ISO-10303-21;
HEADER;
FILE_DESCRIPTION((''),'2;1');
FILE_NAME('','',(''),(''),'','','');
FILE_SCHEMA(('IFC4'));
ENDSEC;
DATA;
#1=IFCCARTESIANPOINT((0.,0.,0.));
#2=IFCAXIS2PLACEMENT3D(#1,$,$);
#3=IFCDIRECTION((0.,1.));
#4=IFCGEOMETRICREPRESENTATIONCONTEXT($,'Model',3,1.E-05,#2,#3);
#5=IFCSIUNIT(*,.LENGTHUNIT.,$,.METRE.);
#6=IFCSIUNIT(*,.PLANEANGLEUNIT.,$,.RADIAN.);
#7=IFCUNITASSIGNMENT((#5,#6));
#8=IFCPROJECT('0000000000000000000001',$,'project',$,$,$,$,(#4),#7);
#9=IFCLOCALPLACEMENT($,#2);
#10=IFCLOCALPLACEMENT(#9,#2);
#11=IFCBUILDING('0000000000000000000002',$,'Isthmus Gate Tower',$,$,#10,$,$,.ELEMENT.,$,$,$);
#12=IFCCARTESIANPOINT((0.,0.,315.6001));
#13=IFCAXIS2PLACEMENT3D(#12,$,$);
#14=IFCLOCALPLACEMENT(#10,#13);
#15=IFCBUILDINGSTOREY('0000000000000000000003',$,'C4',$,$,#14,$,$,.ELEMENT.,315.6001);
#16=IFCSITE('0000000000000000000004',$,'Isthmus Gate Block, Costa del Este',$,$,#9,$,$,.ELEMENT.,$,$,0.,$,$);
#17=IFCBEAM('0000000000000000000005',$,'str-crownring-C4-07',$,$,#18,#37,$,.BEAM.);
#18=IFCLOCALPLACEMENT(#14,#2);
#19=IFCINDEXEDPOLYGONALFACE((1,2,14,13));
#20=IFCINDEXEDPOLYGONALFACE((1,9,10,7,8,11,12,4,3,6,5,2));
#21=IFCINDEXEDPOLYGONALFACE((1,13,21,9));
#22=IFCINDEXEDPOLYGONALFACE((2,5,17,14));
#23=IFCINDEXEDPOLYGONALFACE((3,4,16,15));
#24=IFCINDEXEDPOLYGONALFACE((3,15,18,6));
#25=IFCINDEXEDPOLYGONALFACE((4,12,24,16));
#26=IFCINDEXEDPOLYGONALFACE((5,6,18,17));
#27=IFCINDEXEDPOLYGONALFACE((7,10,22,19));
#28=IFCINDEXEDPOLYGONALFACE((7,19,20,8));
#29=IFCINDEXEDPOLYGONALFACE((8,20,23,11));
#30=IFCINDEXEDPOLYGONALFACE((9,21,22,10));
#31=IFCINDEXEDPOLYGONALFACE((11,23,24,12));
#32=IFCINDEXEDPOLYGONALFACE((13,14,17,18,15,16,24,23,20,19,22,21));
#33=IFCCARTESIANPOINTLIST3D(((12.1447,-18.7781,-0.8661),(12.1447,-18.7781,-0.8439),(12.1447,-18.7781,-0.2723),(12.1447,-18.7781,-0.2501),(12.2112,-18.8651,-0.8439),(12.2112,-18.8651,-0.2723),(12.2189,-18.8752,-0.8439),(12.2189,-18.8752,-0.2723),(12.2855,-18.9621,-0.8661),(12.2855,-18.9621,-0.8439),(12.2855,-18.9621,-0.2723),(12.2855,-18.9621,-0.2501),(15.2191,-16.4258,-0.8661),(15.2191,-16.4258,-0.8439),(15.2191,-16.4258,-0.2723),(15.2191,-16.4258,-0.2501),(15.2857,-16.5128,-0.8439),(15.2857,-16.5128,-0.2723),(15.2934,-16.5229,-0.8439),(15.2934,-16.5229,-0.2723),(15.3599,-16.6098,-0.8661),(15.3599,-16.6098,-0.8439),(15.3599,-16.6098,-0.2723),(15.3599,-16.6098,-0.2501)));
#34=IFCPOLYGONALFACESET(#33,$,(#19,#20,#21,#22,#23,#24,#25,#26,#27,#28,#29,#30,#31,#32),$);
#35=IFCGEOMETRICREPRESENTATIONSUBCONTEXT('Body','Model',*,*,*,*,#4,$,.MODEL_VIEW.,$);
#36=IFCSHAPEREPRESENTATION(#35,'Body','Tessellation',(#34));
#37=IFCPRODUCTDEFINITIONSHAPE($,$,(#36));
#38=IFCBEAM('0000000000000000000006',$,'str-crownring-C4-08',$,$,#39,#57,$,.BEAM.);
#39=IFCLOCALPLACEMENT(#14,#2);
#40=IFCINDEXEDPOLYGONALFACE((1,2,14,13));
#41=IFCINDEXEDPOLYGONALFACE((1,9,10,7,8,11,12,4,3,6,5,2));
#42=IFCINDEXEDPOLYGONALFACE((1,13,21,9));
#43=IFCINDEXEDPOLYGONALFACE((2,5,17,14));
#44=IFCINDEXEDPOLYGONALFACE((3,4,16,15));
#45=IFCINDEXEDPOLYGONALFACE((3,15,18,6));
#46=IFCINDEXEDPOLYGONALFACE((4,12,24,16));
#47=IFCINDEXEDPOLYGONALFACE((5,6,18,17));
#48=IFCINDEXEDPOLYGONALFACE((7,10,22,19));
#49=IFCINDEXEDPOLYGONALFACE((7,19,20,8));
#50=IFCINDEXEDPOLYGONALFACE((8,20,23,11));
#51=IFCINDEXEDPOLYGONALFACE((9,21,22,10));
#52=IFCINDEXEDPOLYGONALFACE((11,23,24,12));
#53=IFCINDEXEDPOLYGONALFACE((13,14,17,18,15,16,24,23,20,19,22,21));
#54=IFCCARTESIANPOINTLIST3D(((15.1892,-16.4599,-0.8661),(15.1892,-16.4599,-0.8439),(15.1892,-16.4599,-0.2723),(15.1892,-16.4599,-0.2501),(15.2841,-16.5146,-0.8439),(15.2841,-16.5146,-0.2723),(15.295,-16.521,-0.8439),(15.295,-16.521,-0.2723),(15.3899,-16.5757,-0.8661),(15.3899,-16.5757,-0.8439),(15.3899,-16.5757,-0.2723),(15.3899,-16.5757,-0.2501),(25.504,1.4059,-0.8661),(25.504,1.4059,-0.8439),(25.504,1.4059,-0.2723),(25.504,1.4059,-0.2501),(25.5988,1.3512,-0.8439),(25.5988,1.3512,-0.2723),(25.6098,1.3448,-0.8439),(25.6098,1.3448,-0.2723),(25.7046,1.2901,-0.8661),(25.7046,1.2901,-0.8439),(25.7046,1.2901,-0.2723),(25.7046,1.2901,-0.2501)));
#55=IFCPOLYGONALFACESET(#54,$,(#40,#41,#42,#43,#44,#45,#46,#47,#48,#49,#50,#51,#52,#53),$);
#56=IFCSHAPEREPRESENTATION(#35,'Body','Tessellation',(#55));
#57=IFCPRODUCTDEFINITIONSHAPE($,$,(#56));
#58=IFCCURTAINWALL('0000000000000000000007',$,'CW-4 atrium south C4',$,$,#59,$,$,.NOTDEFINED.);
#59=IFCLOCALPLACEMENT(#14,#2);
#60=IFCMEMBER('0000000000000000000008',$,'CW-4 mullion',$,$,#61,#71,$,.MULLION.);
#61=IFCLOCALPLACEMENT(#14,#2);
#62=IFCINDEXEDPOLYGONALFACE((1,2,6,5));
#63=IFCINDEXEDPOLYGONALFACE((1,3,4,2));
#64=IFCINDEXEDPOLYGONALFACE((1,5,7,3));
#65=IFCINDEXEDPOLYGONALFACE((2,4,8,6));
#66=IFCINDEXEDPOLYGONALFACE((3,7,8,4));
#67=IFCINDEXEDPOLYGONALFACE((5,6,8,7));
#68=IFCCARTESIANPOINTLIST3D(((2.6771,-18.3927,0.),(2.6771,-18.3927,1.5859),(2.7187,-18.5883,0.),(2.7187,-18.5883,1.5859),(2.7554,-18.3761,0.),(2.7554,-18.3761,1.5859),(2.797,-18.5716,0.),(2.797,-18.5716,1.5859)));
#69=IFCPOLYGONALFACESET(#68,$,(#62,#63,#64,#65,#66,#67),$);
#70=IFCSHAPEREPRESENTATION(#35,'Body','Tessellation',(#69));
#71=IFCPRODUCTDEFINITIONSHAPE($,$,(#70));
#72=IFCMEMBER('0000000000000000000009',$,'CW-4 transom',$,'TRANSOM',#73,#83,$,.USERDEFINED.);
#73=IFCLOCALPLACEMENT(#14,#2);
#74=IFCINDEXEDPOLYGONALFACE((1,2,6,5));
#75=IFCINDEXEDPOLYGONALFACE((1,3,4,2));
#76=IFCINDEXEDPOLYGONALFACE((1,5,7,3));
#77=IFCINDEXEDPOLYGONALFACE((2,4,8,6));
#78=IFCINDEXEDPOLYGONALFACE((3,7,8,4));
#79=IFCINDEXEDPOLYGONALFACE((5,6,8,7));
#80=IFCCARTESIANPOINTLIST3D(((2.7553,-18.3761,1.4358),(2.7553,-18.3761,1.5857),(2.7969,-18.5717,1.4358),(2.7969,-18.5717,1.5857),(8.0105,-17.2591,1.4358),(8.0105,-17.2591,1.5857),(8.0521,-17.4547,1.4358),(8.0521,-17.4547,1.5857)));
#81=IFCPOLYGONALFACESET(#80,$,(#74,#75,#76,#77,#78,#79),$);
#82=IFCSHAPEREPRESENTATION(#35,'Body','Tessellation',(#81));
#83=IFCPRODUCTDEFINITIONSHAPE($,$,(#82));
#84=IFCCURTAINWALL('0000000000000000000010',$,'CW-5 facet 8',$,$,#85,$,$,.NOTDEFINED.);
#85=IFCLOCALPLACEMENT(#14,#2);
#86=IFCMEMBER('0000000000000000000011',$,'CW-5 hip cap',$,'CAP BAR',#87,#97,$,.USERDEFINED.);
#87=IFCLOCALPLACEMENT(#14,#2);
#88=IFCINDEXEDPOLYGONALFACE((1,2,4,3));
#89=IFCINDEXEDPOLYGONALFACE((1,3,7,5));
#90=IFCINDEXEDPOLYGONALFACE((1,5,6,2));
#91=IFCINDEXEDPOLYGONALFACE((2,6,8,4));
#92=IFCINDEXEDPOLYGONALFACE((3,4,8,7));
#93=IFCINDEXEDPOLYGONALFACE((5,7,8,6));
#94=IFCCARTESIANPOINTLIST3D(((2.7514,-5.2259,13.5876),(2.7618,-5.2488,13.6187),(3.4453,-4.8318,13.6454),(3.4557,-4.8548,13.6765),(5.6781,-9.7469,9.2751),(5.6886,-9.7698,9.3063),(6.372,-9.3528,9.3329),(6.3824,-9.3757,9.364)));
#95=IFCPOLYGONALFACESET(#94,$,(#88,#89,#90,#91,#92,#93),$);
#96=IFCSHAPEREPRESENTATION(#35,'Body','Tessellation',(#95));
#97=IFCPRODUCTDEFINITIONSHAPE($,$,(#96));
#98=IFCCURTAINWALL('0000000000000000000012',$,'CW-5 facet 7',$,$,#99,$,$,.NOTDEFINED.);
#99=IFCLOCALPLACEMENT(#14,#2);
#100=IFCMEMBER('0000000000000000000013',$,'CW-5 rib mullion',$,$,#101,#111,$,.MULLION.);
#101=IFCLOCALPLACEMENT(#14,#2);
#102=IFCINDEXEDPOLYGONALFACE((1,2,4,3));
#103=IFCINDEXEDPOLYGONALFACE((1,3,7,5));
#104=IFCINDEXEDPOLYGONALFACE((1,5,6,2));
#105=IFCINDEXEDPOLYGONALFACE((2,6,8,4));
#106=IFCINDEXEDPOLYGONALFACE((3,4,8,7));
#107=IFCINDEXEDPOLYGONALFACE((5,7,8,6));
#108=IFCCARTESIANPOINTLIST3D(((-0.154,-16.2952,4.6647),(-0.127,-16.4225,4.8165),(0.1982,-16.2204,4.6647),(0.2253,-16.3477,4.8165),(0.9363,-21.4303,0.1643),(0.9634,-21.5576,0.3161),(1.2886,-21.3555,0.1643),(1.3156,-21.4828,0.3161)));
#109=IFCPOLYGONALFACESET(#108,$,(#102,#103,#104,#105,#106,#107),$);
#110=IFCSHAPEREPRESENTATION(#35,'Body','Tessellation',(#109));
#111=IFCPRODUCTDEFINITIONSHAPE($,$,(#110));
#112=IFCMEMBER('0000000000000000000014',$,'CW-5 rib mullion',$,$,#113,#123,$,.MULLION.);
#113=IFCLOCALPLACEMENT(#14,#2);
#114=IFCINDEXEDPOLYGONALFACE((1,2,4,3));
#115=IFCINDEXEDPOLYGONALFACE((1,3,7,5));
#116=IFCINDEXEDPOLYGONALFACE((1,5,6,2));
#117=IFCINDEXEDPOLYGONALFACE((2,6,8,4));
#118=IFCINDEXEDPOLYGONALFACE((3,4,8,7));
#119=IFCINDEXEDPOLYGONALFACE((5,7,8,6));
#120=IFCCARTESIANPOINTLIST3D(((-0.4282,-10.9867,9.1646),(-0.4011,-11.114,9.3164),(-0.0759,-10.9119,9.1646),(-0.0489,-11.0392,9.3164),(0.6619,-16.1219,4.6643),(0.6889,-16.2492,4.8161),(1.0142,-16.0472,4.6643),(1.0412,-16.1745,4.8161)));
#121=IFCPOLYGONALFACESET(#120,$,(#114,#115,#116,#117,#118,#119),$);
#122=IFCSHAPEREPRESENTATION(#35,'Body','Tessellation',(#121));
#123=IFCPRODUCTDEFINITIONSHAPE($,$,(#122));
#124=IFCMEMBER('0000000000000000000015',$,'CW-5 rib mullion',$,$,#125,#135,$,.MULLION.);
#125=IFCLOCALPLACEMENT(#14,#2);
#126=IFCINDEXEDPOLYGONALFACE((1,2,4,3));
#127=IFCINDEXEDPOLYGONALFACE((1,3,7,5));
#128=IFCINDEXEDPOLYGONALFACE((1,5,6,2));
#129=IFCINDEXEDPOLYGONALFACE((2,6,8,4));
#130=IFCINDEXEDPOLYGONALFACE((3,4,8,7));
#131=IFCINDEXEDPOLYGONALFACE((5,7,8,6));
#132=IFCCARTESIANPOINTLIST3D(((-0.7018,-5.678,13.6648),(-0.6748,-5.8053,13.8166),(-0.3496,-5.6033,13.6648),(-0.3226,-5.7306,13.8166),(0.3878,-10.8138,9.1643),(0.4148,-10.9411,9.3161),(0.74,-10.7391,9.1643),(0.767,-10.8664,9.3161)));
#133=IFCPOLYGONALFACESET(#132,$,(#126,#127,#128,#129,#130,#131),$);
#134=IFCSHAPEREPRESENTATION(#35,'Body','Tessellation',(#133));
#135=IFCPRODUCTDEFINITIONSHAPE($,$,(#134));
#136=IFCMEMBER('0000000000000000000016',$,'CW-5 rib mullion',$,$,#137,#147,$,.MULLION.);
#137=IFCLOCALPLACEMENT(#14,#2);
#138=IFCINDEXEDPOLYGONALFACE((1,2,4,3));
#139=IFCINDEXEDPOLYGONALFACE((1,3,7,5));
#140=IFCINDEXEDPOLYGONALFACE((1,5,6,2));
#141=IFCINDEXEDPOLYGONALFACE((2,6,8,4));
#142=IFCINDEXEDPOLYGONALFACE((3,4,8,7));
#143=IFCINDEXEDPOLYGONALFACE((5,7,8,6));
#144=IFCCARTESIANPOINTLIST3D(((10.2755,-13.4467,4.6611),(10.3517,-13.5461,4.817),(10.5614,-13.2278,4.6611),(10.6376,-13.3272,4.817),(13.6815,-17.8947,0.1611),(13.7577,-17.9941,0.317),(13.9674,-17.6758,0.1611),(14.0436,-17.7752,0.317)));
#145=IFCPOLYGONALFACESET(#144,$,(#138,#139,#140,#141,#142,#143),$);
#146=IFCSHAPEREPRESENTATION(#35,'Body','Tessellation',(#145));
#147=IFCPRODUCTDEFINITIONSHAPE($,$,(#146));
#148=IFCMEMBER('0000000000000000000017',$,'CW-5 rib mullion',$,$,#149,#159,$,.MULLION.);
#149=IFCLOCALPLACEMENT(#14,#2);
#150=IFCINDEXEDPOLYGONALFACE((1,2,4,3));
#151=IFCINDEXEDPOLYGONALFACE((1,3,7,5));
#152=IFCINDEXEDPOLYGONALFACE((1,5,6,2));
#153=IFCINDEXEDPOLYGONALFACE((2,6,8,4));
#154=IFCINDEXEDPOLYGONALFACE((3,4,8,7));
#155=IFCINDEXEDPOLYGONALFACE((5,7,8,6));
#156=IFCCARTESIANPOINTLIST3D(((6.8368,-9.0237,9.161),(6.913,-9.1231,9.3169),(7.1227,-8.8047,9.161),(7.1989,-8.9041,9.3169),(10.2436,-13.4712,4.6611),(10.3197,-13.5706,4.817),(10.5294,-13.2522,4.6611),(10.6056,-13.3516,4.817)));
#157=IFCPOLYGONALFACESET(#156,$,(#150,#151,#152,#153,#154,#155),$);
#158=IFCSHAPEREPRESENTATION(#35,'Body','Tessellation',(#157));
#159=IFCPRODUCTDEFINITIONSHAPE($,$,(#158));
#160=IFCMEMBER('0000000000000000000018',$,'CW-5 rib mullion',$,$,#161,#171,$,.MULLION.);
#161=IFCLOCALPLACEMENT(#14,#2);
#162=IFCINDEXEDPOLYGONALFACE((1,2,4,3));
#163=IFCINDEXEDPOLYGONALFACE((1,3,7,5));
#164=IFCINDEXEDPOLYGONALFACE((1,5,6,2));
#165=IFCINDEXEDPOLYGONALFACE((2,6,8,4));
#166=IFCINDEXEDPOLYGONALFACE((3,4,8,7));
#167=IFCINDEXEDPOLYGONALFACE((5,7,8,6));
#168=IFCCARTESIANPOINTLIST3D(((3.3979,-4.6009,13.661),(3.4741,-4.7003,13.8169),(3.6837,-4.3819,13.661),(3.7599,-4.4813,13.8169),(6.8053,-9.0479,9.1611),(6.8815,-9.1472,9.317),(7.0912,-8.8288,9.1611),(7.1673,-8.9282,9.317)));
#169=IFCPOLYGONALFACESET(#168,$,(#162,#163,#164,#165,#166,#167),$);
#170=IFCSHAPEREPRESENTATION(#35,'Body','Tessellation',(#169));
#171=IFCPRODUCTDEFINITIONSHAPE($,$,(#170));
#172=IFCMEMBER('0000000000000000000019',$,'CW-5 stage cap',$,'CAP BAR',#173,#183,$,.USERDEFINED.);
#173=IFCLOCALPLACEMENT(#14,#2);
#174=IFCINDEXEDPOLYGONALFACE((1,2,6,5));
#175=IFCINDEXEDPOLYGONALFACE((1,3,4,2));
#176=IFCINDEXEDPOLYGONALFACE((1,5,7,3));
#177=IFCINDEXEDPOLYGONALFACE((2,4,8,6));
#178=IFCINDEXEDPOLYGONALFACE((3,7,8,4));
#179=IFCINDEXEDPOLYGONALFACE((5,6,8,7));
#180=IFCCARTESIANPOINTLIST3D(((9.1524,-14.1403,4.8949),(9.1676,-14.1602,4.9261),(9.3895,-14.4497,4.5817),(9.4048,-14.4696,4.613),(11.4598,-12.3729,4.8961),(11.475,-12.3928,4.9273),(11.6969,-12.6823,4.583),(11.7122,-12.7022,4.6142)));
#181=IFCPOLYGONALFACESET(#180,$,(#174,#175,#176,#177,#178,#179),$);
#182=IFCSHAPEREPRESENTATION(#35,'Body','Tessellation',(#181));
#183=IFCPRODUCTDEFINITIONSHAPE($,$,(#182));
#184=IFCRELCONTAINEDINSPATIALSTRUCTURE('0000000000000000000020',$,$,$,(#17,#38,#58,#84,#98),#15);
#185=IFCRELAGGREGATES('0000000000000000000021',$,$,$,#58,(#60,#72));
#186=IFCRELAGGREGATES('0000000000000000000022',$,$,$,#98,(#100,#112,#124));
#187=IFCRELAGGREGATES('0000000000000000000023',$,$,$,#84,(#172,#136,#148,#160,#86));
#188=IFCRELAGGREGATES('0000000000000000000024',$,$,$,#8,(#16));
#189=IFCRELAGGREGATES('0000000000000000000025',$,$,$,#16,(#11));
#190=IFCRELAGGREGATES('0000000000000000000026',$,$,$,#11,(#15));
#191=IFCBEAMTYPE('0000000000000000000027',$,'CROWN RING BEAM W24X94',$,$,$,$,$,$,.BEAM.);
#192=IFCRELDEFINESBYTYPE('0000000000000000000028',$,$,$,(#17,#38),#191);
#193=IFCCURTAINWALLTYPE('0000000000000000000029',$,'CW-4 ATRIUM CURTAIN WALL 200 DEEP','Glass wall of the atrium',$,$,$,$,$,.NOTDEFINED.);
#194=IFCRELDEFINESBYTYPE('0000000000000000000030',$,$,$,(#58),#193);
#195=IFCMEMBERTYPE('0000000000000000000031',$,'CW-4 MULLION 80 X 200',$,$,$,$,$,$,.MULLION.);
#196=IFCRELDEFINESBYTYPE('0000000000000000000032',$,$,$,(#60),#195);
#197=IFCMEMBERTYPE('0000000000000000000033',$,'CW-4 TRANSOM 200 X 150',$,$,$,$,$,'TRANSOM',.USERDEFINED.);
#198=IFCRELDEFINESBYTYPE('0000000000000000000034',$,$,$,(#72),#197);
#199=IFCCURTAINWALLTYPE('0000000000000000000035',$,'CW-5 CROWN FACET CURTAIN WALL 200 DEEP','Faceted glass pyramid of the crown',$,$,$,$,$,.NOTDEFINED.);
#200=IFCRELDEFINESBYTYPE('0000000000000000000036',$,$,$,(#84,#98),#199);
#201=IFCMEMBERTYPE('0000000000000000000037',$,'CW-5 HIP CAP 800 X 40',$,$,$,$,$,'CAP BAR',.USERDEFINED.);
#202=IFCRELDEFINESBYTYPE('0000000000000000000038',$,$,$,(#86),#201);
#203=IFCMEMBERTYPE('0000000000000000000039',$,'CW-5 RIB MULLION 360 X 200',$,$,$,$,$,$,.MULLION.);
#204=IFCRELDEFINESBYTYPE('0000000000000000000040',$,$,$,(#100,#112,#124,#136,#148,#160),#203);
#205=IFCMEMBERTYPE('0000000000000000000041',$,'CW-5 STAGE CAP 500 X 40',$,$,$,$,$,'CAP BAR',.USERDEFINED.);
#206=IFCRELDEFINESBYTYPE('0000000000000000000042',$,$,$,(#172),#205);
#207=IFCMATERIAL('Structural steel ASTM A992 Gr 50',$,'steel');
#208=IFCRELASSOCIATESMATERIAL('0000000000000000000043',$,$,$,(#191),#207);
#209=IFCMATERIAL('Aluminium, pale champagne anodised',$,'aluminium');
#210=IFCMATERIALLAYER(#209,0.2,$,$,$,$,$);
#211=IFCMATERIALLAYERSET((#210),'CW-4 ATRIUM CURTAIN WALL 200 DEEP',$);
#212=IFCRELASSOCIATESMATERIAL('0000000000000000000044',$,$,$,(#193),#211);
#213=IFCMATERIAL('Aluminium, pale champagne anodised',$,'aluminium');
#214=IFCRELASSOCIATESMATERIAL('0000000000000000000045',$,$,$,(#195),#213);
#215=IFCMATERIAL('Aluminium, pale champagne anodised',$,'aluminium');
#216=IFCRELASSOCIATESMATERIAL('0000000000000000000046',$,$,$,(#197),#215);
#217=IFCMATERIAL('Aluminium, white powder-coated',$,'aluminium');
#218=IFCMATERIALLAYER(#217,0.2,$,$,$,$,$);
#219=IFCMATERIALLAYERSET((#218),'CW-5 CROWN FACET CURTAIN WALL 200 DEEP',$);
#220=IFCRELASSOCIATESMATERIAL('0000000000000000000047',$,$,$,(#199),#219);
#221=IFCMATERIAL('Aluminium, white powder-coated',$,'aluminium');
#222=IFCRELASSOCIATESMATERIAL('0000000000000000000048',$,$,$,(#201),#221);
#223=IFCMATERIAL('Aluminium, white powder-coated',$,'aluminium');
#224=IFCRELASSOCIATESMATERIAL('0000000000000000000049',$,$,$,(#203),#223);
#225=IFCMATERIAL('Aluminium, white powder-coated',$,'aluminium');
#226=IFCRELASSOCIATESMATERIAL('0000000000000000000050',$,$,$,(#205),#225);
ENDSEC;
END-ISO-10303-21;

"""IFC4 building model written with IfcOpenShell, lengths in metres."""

from ifc_helpers import new_model, si_unit, direction, frame, origin, origin_2d, place, context, subcontext, project, spatial, rectangle, i_section, extrude, material, layer, layer_set, material_profile, profile_set, type_object, element, aggregate, save


model = new_model("IFC4")

# Units and contexts
model_context = context("Model", 3, precision=1e-05, world=origin(), true_north=direction((0.0, 1.0)))
body_context = subcontext(model_context, "Body", "Model", "MODEL_VIEW")
ifc_project = project(units=[si_unit("LENGTHUNIT", "METRE"), si_unit("PLANEANGLEUNIT", "RADIAN")], contexts=[model_context])

# Site, building, storey
site_placement = place(None, origin())
site = spatial("IfcSite", under=ifc_project, at=site_placement, Name="Isthmus Gate Block, Costa del Este", CompositionType="ELEMENT", RefElevation=0.0)
building_placement = place(site_placement, origin())
building = spatial("IfcBuilding", under=site, at=building_placement, Name="Isthmus Gate Tower", CompositionType="ELEMENT")
storey_placement = place(building_placement, frame((0.0, 0.0, 315.6001)))
storey = spatial("IfcBuildingStorey", under=building, at=storey_placement, Name="C4", CompositionType="ELEMENT", Elevation=315.6001)

# Beams
ifc_material_1 = material(Name="Structural steel ASTM A992 Gr 50", Category="steel")
ifc_material_profile_1 = material_profile(ifc_material_1, i_section(OverallWidth=0.2317, OverallDepth=0.616, WebThickness=0.0127, FlangeThickness=0.0222, at=origin_2d()), Name="W24X94")
ifc_profile_set_1 = profile_set([ifc_material_profile_1], Name="Structural steel ASTM A992 Gr 50")
beam_type = type_object("IfcBeamType", Name="CROWN RING BEAM W24X94", PredefinedType="BEAM", material=ifc_profile_set_1)
beam_1_placement = place(storey_placement, frame((12.2151, -18.8701, -0.5581), z_axis=(0.794204, 0.607651, 0.0), x_axis=(-0.607651, 0.794204, 0.0)))
element("IfcBeam", 1, at=beam_1_placement, inside=storey, type_object=beam_type, Name="str-crownring-C4-07", PredefinedType="BEAM", context=body_context, shape_type="SweptSolid", body=[
    extrude(i_section(OverallWidth=0.2317, OverallDepth=0.616, WebThickness=0.0127, FlangeThickness=0.0222, at=origin_2d()), origin(), (0.0, 0.0, 1.0), 3.8711),
])
beam_2_placement = place(storey_placement, frame((15.2896, -16.5178, -0.5581), z_axis=(0.499997, 0.866027, 0.0), x_axis=(-0.866027, 0.499997, 0.0)))
element("IfcBeam", 2, at=beam_2_placement, inside=storey, type_object=beam_type, Name="str-crownring-C4-08", PredefinedType="BEAM", context=body_context, shape_type="SweptSolid", body=[
    extrude(i_section(OverallWidth=0.2317, OverallDepth=0.616, WebThickness=0.0127, FlangeThickness=0.0222, at=origin_2d()), origin(), (0.0, 0.0, 1.0), 20.6296),
])

# Curtain wall, members
ifc_material_2 = material(Name="Aluminium, pale champagne anodised", Category="aluminium")
ifc_layer_1 = layer(ifc_material_2, 0.2)
ifc_layer_set_1 = layer_set([ifc_layer_1], Name="CW-4 ATRIUM CURTAIN WALL 200 DEEP")
curtain_wall_type_1 = type_object("IfcCurtainWallType", Name="CW-4 ATRIUM CURTAIN WALL 200 DEEP", Description="Glass wall of the atrium", PredefinedType="NOTDEFINED", material=ifc_layer_set_1)
curtain_wall_1_placement = place(storey_placement, origin())
curtain_wall_1 = element("IfcCurtainWall", 3, at=curtain_wall_1_placement, inside=storey, type_object=curtain_wall_type_1, Name="CW-4 atrium south C4", PredefinedType="NOTDEFINED")
ifc_material_3 = material(Name="Aluminium, pale champagne anodised", Category="aluminium")
ifc_material_profile_2 = material_profile(ifc_material_3, rectangle(XDim=0.0801, YDim=0.2, at=origin_2d()), Name="80x200")
ifc_profile_set_2 = profile_set([ifc_material_profile_2], Name="Aluminium, pale champagne anodised")
member_type_1 = type_object("IfcMemberType", Name="CW-4 MULLION 80 X 200", PredefinedType="MULLION", material=ifc_profile_set_2)
member_1_placement = place(storey_placement, frame((2.7371, -18.4822, 0.0), z_axis=(0.0, 0.0, 1.0), x_axis=(0.978148, 0.207912, 0.0)))
member_1 = element("IfcMember", 4, at=member_1_placement, type_object=member_type_1, Name="CW-4 mullion", PredefinedType="MULLION", context=body_context, shape_type="SweptSolid", body=[
    extrude(rectangle(XDim=0.0801, YDim=0.2, at=origin_2d()), origin(), (0.0, 0.0, 1.0), 1.5859),
])
ifc_material_4 = material(Name="Aluminium, pale champagne anodised", Category="aluminium")
ifc_material_profile_3 = material_profile(ifc_material_4, rectangle(XDim=0.2, YDim=0.1499, at=origin_2d()), Name="200x150")
ifc_profile_set_3 = profile_set([ifc_material_profile_3], Name="Aluminium, pale champagne anodised")
member_type_2 = type_object("IfcMemberType", Name="CW-4 TRANSOM 200 X 150", ElementType="TRANSOM", PredefinedType="USERDEFINED", material=ifc_profile_set_3)
member_2_placement = place(storey_placement, frame((2.7761, -18.4739, 1.5107), z_axis=(0.97815, 0.2079, 0.0), x_axis=(-0.2079, 0.97815, 0.0)))
member_2 = element("IfcMember", 5, at=member_2_placement, type_object=member_type_2, Name="CW-4 transom", ObjectType="TRANSOM", PredefinedType="USERDEFINED", context=body_context, shape_type="SweptSolid", body=[
    extrude(rectangle(XDim=0.2, YDim=0.1499, at=origin_2d()), origin(), (0.0, 0.0, 1.0), 5.3726),
])

# Curtain wall, member
ifc_material_5 = material(Name="Aluminium, white powder-coated", Category="aluminium")
ifc_layer_2 = layer(ifc_material_5, 0.2)
ifc_layer_set_2 = layer_set([ifc_layer_2], Name="CW-5 CROWN FACET CURTAIN WALL 200 DEEP")
curtain_wall_type_2 = type_object("IfcCurtainWallType", Name="CW-5 CROWN FACET CURTAIN WALL 200 DEEP", Description="Faceted glass pyramid of the crown", PredefinedType="NOTDEFINED", material=ifc_layer_set_2)
curtain_wall_2_placement = place(storey_placement, origin())
curtain_wall_2 = element("IfcCurtainWall", 6, at=curtain_wall_2_placement, inside=storey, type_object=curtain_wall_type_2, Name="CW-5 facet 8", PredefinedType="NOTDEFINED")
ifc_material_6 = material(Name="Aluminium, white powder-coated", Category="aluminium")
ifc_material_profile_4 = material_profile(ifc_material_6, rectangle(XDim=0.8, YDim=0.04, at=origin_2d()), Name="800x40")
ifc_profile_set_4 = profile_set([ifc_material_profile_4], Name="Aluminium, white powder-coated")
member_type_3 = type_object("IfcMemberType", Name="CW-5 HIP CAP 800 X 40", ElementType="CAP BAR", PredefinedType="USERDEFINED", material=ifc_profile_set_4)
placement_1 = place(building_placement, frame((0.0, 0.0, 324.6001)))
member_3_placement = place(placement_1, frame((6.0303, -9.5613, 0.3196), z_axis=(-0.424199, 0.655265, 0.625046), x_axis=(-0.867274, -0.492565, -0.072212)))
member_3 = element("IfcMember", 7, at=member_3_placement, type_object=member_type_3, Name="CW-5 hip cap", ObjectType="CAP BAR", PredefinedType="USERDEFINED", context=body_context, shape_type="SweptSolid", body=[
    extrude(rectangle(XDim=0.8, YDim=0.04, at=origin_2d()), origin(), (0.0, 0.0, 1.0), 6.8994),
])

# Curtain wall, members
curtain_wall_3_placement = place(storey_placement, origin())
curtain_wall_3 = element("IfcCurtainWall", 8, at=curtain_wall_3_placement, inside=storey, type_object=curtain_wall_type_2, Name="CW-5 facet 7", PredefinedType="NOTDEFINED")
ifc_material_7 = material(Name="Aluminium, white powder-coated", Category="aluminium")
ifc_material_profile_5 = material_profile(ifc_material_7, rectangle(XDim=0.3601, YDim=0.2, at=origin_2d()), Name="360x200")
ifc_profile_set_5 = profile_set([ifc_material_profile_5], Name="Aluminium, white powder-coated")
member_type_4 = type_object("IfcMemberType", Name="CW-5 RIB MULLION 360 X 200", PredefinedType="MULLION", material=ifc_profile_set_5)
member_4_placement = place(storey_placement, frame((1.126, -21.4565, 0.2402), z_axis=(-0.157689, 0.742651, 0.650848), x_axis=(-0.978192, -0.207702, 0.0)))
member_4 = element("IfcMember", 9, at=member_4_placement, type_object=member_type_4, Name="CW-5 rib mullion", PredefinedType="MULLION", context=body_context, shape_type="SweptSolid", body=[
    extrude(rectangle(XDim=0.3601, YDim=0.2, at=origin_2d()), origin(), (0.0, 0.0, 1.0), 6.9146),
])
placement_2 = place(building_placement, frame((0.0, 0.0, 320.1001)))
member_5_placement = place(placement_2, frame((0.8516, -16.1482, 0.2402), z_axis=(-0.157651, 0.742671, 0.650835), x_axis=(-0.978204, -0.207649, 0.0)))
member_5 = element("IfcMember", 10, at=member_5_placement, type_object=member_type_4, Name="CW-5 rib mullion", PredefinedType="MULLION", context=body_context, shape_type="SweptSolid", body=[
    extrude(rectangle(XDim=0.3601, YDim=0.2, at=origin_2d()), origin(), (0.0, 0.0, 1.0), 6.9146),
])
member_6_placement = place(placement_1, frame((0.5774, -10.8401, 0.2402), z_axis=(-0.15757, 0.742694, 0.650828), x_axis=(-0.978226, -0.207541, 0.0)))
member_6 = element("IfcMember", 11, at=member_6_placement, type_object=member_type_4, Name="CW-5 rib mullion", PredefinedType="MULLION", context=body_context, shape_type="SweptSolid", body=[
    extrude(rectangle(XDim=0.3601, YDim=0.2, at=origin_2d()), origin(), (0.0, 0.0, 1.0), 6.915),
])

# Members
member_7_placement = place(storey_placement, frame((13.8625, -17.835, 0.239), z_axis=(-0.473992, 0.618999, 0.626236), x_axis=(-0.793962, -0.607968, 0.0)))
member_7 = element("IfcMember", 12, at=member_7_placement, type_object=member_type_4, Name="CW-5 rib mullion", PredefinedType="MULLION", context=body_context, shape_type="SweptSolid", body=[
    extrude(rectangle(XDim=0.3601, YDim=0.2, at=origin_2d()), origin(), (0.0, 0.0, 1.0), 7.1858),
])
member_8_placement = place(placement_2, frame((10.4246, -13.4114, 0.239), z_axis=(-0.474091, 0.618927, 0.626232), x_axis=(-0.793867, -0.608092, 0.0)))
member_8 = element("IfcMember", 13, at=member_8_placement, type_object=member_type_4, Name="CW-5 rib mullion", PredefinedType="MULLION", context=body_context, shape_type="SweptSolid", body=[
    extrude(rectangle(XDim=0.3601, YDim=0.2, at=origin_2d()), origin(), (0.0, 0.0, 1.0), 7.1858),
])
member_9_placement = place(placement_1, frame((6.9863, -8.988, 0.239), z_axis=(-0.47419, 0.618856, 0.626228), x_axis=(-0.793771, -0.608217, 0.0)))
member_9 = element("IfcMember", 14, at=member_9_placement, type_object=member_type_4, Name="CW-5 rib mullion", PredefinedType="MULLION", context=body_context, shape_type="SweptSolid", body=[
    extrude(rectangle(XDim=0.3601, YDim=0.2, at=origin_2d()), origin(), (0.0, 0.0, 1.0), 7.1858),
])
ifc_material_8 = material(Name="Aluminium, white powder-coated", Category="aluminium")
ifc_material_profile_6 = material_profile(ifc_material_8, rectangle(XDim=0.5, YDim=0.04, at=origin_2d()), Name="500x40")
ifc_profile_set_6 = profile_set([ifc_material_profile_6], Name="Aluminium, white powder-coated")
member_type_5 = type_object("IfcMemberType", Name="CW-5 STAGE CAP 500 X 40", ElementType="CAP BAR", PredefinedType="USERDEFINED", material=ifc_profile_set_6)
member_10_placement = place(storey_placement, frame((9.2786, -14.3049, 4.7539), z_axis=(0.793881, 0.608073, 0.00042), x_axis=(-0.474284, 0.618777, 0.626234)))
member_10 = element("IfcMember", 15, at=member_10_placement, type_object=member_type_5, Name="CW-5 stage cap", ObjectType="CAP BAR", PredefinedType="USERDEFINED", context=body_context, shape_type="SweptSolid", body=[
    extrude(rectangle(XDim=0.5, YDim=0.04, at=origin_2d()), origin(), (0.0, 0.0, 1.0), 2.9065),
])

aggregate(curtain_wall_1, [member_1, member_2])
aggregate(curtain_wall_3, [member_4, member_5, member_6])
aggregate(curtain_wall_2, [member_10, member_7, member_8, member_9, member_3])

save(model, "model.ifc")
